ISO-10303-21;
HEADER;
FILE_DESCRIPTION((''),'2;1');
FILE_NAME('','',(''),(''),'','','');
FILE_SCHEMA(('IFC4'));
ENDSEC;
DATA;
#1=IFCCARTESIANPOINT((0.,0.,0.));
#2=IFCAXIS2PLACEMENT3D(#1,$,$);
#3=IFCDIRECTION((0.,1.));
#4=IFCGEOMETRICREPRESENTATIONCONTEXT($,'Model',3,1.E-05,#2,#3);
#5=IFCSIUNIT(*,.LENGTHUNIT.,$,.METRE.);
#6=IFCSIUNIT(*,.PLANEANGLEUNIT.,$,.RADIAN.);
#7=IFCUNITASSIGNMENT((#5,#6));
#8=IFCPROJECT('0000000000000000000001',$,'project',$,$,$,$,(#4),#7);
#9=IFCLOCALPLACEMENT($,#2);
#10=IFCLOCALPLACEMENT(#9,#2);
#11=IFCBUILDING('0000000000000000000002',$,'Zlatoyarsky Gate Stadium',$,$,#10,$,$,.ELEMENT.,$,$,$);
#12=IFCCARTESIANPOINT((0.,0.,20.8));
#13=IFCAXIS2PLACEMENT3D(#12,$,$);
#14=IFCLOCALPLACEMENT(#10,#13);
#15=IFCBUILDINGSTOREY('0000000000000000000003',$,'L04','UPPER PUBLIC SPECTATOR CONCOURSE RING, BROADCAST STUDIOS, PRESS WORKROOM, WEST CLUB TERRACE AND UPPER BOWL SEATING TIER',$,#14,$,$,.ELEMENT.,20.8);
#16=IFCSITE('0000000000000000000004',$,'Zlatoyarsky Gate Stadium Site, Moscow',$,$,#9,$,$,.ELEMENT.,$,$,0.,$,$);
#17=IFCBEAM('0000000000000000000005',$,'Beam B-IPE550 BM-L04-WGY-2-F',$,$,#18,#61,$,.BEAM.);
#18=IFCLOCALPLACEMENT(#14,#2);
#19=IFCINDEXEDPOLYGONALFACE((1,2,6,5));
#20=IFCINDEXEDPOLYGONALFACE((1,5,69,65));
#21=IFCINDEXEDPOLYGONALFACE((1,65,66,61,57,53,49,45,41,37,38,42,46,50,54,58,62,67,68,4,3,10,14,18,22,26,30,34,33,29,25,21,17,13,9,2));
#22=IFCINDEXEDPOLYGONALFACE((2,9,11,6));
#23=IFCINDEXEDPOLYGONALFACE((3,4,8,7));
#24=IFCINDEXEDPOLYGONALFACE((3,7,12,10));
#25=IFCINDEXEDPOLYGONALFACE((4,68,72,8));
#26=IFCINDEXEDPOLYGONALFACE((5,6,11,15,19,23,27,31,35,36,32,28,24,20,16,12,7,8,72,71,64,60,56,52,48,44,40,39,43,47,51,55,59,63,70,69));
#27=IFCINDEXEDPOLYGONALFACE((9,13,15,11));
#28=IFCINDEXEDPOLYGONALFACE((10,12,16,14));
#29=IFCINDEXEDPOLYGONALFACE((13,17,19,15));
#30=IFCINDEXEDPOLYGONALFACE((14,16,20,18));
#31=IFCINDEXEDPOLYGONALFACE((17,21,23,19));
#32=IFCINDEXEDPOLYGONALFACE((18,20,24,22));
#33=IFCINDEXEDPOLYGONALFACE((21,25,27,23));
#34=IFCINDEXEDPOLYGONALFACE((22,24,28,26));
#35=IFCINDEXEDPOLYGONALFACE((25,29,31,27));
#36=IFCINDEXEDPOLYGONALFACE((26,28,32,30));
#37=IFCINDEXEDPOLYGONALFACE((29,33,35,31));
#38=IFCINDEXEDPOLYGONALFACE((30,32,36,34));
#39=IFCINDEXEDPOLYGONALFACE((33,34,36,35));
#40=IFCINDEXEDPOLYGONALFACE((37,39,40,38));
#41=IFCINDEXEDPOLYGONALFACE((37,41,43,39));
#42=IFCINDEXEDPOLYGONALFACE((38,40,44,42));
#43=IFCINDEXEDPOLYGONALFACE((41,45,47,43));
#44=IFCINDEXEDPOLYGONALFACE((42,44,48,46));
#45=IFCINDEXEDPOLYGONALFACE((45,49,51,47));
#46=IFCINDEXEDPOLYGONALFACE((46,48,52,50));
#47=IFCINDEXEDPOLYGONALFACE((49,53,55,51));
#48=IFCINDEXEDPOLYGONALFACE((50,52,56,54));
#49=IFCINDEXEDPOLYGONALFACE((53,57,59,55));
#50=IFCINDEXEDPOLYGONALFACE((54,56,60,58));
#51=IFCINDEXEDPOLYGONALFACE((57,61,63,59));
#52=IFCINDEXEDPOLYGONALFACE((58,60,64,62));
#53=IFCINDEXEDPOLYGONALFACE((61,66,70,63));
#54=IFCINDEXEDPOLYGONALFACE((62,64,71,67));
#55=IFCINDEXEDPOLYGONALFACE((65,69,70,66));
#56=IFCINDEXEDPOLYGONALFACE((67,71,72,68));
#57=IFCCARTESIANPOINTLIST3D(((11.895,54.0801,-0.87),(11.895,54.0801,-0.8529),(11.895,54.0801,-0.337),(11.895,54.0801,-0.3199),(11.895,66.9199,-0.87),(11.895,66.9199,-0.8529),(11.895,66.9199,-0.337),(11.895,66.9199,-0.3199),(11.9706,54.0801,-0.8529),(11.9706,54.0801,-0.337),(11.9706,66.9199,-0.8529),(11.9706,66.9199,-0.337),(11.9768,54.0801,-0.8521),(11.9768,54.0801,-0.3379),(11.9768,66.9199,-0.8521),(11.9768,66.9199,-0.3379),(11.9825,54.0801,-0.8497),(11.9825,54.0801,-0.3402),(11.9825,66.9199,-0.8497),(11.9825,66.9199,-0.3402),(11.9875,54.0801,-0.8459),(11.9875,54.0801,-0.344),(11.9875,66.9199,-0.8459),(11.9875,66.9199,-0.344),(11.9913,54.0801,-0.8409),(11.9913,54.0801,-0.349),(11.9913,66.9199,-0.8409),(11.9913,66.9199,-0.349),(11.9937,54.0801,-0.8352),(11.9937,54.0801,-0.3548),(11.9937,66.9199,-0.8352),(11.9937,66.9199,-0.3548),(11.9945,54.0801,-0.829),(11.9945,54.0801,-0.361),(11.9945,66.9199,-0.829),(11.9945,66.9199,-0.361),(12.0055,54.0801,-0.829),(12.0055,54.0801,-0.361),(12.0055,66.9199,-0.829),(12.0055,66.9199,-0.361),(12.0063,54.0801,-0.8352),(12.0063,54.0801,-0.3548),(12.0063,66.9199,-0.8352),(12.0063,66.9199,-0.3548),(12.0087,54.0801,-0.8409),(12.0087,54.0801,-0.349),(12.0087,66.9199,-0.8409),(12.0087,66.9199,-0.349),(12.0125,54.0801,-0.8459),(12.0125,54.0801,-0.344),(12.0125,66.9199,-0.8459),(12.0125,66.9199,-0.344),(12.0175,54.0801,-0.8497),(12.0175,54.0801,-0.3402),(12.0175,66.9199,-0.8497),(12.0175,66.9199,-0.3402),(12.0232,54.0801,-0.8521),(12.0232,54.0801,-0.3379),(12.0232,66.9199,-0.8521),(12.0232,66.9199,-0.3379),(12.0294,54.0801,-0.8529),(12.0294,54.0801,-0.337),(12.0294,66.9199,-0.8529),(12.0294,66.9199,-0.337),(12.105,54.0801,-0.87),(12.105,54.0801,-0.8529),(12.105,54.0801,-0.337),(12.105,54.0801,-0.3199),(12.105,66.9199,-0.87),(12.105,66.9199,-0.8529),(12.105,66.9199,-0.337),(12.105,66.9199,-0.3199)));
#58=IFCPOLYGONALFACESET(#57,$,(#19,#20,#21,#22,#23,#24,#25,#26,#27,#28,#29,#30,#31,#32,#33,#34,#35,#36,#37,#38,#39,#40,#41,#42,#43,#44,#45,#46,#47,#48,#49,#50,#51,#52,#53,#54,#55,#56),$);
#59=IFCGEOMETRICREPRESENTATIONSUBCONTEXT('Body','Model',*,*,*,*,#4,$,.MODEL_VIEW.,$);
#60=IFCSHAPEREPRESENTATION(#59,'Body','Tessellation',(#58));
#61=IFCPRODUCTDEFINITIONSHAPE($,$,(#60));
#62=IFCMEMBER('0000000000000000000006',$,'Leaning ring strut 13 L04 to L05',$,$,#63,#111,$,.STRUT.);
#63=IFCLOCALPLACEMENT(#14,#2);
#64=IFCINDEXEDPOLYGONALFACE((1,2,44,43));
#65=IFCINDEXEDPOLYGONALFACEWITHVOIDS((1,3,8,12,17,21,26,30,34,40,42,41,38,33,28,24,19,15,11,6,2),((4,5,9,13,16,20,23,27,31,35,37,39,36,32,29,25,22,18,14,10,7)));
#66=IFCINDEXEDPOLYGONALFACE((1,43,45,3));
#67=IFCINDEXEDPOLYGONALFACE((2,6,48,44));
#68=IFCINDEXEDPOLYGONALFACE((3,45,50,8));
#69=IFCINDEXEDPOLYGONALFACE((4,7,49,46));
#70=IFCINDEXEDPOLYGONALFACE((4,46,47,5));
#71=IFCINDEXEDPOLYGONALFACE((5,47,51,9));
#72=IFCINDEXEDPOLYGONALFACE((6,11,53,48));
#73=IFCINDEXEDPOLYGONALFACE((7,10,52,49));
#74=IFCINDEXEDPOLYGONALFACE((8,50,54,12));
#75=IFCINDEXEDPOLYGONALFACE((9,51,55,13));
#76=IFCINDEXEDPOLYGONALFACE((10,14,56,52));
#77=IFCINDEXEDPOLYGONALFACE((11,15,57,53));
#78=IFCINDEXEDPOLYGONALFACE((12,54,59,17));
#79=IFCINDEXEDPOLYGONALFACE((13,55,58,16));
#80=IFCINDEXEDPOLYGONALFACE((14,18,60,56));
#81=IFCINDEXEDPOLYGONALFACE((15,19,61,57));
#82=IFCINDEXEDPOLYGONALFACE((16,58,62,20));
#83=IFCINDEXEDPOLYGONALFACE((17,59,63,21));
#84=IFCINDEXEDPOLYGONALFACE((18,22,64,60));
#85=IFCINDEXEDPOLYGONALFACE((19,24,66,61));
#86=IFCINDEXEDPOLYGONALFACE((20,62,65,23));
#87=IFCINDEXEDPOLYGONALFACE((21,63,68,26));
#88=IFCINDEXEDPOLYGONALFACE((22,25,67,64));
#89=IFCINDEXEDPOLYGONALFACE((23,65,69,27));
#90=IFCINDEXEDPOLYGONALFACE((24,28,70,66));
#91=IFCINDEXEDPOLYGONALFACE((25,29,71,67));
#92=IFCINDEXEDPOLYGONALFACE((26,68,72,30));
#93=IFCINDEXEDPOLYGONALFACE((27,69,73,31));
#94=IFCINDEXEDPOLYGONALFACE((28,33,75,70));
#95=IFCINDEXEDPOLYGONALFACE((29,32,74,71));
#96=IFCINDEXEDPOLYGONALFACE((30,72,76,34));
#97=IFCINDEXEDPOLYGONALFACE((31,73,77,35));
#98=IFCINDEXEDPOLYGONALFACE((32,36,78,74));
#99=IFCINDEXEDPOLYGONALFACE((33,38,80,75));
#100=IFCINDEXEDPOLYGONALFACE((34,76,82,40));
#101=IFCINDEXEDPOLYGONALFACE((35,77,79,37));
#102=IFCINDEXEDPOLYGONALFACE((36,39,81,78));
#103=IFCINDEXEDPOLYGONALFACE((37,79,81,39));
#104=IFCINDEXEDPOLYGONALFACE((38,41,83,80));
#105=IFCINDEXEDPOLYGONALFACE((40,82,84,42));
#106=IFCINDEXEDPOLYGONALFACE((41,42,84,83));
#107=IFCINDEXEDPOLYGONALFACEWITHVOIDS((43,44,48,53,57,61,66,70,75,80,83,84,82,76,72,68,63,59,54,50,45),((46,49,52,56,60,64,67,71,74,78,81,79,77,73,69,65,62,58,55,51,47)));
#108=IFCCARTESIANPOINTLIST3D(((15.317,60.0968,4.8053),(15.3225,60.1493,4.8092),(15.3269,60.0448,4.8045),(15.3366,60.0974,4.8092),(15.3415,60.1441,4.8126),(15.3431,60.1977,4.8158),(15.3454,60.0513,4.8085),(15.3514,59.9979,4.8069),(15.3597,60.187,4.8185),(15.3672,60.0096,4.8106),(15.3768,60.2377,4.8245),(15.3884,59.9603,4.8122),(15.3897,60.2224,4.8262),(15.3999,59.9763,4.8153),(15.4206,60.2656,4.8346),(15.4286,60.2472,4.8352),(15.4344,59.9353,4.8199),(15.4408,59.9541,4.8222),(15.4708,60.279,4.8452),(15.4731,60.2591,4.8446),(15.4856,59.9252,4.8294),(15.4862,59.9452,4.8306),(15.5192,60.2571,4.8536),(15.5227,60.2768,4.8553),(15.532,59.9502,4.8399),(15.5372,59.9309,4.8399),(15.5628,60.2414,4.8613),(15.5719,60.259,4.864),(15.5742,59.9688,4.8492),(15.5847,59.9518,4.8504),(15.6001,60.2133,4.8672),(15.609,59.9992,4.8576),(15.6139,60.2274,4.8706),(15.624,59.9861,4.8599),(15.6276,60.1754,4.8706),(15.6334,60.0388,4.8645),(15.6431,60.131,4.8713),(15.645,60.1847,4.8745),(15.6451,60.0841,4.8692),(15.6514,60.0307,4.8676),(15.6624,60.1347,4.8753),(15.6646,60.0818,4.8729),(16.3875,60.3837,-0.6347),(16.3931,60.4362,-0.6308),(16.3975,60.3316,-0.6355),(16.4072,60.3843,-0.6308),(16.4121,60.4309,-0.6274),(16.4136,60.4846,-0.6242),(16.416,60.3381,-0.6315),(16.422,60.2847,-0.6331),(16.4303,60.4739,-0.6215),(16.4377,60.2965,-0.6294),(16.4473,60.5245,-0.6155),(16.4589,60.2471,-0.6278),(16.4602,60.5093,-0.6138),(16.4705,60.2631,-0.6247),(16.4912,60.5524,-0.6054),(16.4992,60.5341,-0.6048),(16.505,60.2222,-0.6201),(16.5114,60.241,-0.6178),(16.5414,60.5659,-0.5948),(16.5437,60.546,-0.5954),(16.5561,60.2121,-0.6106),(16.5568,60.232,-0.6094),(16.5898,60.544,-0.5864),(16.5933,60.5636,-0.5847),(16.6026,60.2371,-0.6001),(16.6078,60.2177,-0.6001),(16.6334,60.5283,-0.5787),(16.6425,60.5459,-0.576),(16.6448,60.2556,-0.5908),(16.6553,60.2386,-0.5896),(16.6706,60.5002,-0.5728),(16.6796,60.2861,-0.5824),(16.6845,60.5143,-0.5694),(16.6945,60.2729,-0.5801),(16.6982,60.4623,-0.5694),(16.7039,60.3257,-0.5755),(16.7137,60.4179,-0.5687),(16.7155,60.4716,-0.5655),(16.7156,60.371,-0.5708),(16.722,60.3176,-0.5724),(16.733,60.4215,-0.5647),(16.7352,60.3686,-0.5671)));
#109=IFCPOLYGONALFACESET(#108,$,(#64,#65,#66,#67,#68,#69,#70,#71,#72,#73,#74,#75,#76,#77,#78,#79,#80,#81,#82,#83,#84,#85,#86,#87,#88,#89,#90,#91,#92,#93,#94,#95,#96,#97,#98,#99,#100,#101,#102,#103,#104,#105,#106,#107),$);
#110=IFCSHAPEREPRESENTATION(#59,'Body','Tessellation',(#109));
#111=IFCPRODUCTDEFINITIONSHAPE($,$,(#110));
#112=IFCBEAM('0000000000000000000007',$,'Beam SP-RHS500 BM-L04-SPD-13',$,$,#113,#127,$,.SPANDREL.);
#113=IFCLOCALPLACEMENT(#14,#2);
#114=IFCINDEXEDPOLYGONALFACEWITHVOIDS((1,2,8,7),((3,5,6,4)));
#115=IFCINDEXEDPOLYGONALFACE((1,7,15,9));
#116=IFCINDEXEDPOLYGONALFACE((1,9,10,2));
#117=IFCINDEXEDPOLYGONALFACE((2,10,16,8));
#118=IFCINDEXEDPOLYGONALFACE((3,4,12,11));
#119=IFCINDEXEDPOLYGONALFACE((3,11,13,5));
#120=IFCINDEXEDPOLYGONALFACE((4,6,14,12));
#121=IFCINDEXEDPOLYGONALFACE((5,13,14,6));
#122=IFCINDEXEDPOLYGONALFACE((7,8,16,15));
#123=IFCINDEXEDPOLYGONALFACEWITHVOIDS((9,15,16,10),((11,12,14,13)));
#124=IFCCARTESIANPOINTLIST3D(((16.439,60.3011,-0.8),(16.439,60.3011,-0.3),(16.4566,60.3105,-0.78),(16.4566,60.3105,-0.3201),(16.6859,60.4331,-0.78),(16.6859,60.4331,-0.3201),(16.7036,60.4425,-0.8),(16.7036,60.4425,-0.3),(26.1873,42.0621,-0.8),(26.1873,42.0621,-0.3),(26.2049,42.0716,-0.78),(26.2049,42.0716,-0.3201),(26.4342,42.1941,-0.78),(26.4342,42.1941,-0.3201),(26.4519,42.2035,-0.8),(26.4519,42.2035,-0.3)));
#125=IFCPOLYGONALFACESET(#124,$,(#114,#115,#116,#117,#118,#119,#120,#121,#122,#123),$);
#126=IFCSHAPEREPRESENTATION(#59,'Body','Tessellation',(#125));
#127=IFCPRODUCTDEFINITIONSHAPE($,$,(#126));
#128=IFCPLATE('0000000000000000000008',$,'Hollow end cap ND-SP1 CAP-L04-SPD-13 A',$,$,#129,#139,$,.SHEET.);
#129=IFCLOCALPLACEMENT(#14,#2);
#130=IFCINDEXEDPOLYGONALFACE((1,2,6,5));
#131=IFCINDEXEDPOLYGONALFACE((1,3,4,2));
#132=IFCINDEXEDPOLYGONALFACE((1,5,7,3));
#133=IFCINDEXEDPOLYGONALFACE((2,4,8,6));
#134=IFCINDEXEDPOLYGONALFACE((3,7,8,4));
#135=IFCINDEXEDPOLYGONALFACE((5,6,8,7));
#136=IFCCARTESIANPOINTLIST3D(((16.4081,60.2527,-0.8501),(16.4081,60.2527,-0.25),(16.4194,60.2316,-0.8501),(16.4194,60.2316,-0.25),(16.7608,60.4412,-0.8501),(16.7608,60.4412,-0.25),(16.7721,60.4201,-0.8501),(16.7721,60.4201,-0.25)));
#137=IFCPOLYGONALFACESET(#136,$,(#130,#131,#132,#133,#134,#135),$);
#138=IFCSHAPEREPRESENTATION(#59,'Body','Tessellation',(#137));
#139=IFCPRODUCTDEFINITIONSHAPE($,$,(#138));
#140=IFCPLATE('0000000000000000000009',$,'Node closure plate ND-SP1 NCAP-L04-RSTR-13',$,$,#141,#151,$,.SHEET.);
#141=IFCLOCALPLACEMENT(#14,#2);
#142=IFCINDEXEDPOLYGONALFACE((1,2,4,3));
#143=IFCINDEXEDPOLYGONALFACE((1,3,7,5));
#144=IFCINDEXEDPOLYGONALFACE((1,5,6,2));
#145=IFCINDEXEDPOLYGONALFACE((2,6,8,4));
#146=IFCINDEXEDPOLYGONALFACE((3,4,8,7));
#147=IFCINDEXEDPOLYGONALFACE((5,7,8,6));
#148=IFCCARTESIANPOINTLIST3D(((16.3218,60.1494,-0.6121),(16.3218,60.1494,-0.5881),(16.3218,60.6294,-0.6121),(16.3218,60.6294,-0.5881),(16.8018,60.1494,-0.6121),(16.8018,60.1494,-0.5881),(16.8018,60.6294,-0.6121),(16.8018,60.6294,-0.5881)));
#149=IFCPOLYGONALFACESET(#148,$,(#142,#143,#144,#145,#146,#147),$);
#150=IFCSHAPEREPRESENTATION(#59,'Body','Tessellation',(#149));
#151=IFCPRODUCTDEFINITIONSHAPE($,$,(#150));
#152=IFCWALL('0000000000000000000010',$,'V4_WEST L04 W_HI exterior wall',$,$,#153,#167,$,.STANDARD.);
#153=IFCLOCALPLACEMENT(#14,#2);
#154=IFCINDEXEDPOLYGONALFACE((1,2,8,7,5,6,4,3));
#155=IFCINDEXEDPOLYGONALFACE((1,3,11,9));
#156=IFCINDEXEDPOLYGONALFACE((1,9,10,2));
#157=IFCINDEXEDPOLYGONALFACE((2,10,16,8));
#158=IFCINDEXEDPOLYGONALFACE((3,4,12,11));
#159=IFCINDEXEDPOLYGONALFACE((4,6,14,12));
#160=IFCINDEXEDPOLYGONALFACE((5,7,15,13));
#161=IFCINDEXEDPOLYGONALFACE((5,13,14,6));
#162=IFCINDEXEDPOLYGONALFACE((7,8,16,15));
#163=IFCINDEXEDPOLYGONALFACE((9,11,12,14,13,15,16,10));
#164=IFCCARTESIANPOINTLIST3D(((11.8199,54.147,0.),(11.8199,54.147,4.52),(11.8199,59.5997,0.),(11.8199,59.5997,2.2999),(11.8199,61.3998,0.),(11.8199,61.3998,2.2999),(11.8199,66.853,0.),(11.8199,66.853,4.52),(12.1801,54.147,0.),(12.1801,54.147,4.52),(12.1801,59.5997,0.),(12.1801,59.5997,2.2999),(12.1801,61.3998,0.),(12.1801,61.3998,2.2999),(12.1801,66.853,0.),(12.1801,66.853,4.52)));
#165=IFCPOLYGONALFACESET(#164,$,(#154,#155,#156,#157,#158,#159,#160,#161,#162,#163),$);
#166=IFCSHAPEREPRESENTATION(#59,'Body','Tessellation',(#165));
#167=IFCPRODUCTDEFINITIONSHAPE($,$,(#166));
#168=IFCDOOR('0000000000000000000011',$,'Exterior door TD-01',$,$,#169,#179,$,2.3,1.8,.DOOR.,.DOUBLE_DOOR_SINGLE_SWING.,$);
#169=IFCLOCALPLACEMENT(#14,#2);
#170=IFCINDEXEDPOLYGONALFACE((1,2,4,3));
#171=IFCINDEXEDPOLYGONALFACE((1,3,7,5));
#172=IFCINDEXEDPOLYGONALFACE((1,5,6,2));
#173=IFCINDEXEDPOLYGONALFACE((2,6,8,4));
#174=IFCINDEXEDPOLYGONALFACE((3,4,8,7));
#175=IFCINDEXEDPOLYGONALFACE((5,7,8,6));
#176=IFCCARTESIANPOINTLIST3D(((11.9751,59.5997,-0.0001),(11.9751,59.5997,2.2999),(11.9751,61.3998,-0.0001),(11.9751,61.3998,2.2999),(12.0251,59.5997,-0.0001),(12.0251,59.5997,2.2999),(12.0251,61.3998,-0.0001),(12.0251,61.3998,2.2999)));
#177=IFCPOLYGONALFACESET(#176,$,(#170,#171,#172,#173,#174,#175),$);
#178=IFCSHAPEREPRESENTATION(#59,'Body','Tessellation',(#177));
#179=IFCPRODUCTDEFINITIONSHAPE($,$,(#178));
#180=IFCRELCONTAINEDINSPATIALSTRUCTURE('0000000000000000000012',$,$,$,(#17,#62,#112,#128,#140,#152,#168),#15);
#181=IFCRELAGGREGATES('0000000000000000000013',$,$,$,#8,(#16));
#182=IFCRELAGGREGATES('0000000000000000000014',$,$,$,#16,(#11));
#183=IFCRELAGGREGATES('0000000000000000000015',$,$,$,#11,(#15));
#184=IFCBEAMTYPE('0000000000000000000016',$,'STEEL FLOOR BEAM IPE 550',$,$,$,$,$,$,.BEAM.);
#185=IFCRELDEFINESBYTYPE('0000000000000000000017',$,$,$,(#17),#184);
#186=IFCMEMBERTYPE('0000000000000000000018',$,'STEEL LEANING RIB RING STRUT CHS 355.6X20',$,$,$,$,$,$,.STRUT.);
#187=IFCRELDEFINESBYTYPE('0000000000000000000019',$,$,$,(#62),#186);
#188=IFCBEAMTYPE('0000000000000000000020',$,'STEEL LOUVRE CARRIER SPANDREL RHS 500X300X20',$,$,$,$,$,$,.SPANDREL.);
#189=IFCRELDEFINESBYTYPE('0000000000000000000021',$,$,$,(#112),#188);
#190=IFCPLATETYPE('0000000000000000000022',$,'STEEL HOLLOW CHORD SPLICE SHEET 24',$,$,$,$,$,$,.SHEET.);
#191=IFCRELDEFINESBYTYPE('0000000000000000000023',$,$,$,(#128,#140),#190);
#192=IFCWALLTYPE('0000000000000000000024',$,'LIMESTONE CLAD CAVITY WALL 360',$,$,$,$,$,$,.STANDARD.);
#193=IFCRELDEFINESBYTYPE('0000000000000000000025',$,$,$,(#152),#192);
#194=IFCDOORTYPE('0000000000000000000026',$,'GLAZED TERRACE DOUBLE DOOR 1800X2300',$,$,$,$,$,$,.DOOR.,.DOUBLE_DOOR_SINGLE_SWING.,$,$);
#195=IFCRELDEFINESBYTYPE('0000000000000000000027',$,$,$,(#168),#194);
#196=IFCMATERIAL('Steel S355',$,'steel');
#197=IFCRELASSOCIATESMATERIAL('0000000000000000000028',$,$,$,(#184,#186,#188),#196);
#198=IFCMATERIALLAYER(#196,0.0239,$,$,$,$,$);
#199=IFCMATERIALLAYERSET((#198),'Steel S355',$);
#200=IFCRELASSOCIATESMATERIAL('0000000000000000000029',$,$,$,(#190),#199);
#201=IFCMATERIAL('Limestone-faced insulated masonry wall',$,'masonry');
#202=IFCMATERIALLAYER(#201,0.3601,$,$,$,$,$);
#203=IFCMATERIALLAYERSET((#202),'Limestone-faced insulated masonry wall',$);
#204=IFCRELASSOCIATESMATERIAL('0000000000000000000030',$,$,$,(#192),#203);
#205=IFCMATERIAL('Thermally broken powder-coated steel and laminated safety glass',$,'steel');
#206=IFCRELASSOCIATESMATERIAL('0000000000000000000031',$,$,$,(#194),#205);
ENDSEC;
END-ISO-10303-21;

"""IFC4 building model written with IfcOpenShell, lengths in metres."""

from ifc_helpers import new_model, si_unit, direction, frame, frame_2d, origin, origin_2d, place, context, subcontext, project, spatial, rectangle, hollow_rectangle, hollow_circle, i_section, extrude, material, layer, layer_set, material_profile, profile_set, type_object, element, fill, save


model = new_model("IFC4")

# Units and contexts
model_context = context("Model", 3, precision=1e-05, world=origin(), true_north=direction((0.0, 1.0)))
body_context = subcontext(model_context, "Body", "Model", "MODEL_VIEW")
ifc_project = project(units=[si_unit("LENGTHUNIT", "METRE"), si_unit("PLANEANGLEUNIT", "RADIAN")], contexts=[model_context])

# Site, building, storey
site_placement = place(None, origin())
site = spatial("IfcSite", under=ifc_project, at=site_placement, Name="Zlatoyarsky Gate Stadium Site, Moscow", CompositionType="ELEMENT", RefElevation=0.0)
building_placement = place(site_placement, origin())
building = spatial("IfcBuilding", under=site, at=building_placement, Name="Zlatoyarsky Gate Stadium", CompositionType="ELEMENT")
storey_placement = place(building_placement, frame((0.0, 0.0, 20.8)))
storey = spatial("IfcBuildingStorey", under=building, at=storey_placement, Name="L04", Description="UPPER PUBLIC SPECTATOR CONCOURSE RING, BROADCAST STUDIOS, PRESS WORKROOM, WEST CLUB TERRACE AND UPPER BOWL SEATING TIER", CompositionType="ELEMENT", Elevation=20.8)

# Shared definitions
ifc_material_1 = material(Name="Steel S355", Category="steel")

# Beam
ifc_material_profile_1 = material_profile(ifc_material_1, i_section(OverallWidth=0.21, OverallDepth=0.55, WebThickness=0.011, FlangeThickness=0.0171, FilletRadius=0.0239, at=origin_2d()), Name="IPE 550")
ifc_profile_set_1 = profile_set([ifc_material_profile_1], Name="Steel S355")
beam_type_1 = type_object("IfcBeamType", Name="STEEL FLOOR BEAM IPE 550", PredefinedType="BEAM", material=ifc_profile_set_1)
beam_1_placement = place(storey_placement, frame((12.0, 54.0801, -0.595), z_axis=(0.0, 1.0, 0.0), x_axis=(-1.0, 0.0, 0.0)))
element("IfcBeam", 1, at=beam_1_placement, inside=storey, type_object=beam_type_1, Name="Beam B-IPE550 BM-L04-WGY-2-F", PredefinedType="BEAM", context=body_context, shape_type="SweptSolid", body=[
    extrude(i_section(OverallWidth=0.21, OverallDepth=0.55, WebThickness=0.011, FlangeThickness=0.0171, FilletRadius=0.0239, at=origin_2d()), origin(), (0.0, 0.0, 1.0), 12.8398),
])

# Member
ifc_material_profile_2 = material_profile(ifc_material_1, hollow_circle(Radius=0.1777, WallThickness=0.02, at=origin_2d()), Name="CHS 355.6X20")
ifc_profile_set_2 = profile_set([ifc_material_profile_2], Name="Steel S355")
member_type_1 = type_object("IfcMemberType", Name="STEEL LEANING RIB RING STRUT CHS 355.6X20", PredefinedType="STRUT", material=ifc_profile_set_2)
member_1_placement = place(storey_placement, frame((16.5618, 60.3894, -0.6001), z_axis=(-0.192834, -0.051672, 0.97987), x_axis=(0.258828, -0.965923, 0.0)))
element("IfcMember", 2, at=member_1_placement, inside=storey, type_object=member_type_1, Name="Leaning ring strut 13 L04 to L05", PredefinedType="STRUT", context=body_context, shape_type="SweptSolid", body=[
    extrude(hollow_circle(Radius=0.1777, WallThickness=0.02, at=origin_2d()), origin(), (0.0, 0.0, 1.0), 5.5518),
])

# Beam
ifc_material_profile_3 = material_profile(ifc_material_1, hollow_rectangle(XDim=0.3, YDim=0.5, WallThickness=0.02, at=origin_2d()), Name="RHS 500X300X20")
ifc_profile_set_3 = profile_set([ifc_material_profile_3], Name="Steel S355")
beam_type_2 = type_object("IfcBeamType", Name="STEEL LOUVRE CARRIER SPANDREL RHS 500X300X20", PredefinedType="SPANDREL", material=ifc_profile_set_3)
beam_2_placement = place(storey_placement, frame((16.5713, 60.3718, -0.55), z_axis=(0.471372, -0.881935, 0.0), x_axis=(0.881935, 0.471372, 0.0)))
element("IfcBeam", 3, at=beam_2_placement, inside=storey, type_object=beam_type_2, Name="Beam SP-RHS500 BM-L04-SPD-13", PredefinedType="SPANDREL", context=body_context, shape_type="SweptSolid", body=[
    extrude(hollow_rectangle(XDim=0.3, YDim=0.5, WallThickness=0.02, at=origin_2d()), origin(), (0.0, 0.0, 1.0), 20.6807),
])

# Plates
ifc_layer_1 = layer(ifc_material_1, 0.0239)
ifc_layer_set_1 = layer_set([ifc_layer_1], Name="Steel S355")
plate_type = type_object("IfcPlateType", Name="STEEL HOLLOW CHORD SPLICE SHEET 24", PredefinedType="SHEET", material=ifc_layer_set_1)
plate_1_placement = place(storey_placement, frame((16.5901, 60.3364, -0.8501), z_axis=(0.0, 0.0, 1.0), x_axis=(0.471376, -0.881933, 0.0)))
element("IfcPlate", 4, at=plate_1_placement, inside=storey, type_object=plate_type, Name="Hollow end cap ND-SP1 CAP-L04-SPD-13 A", PredefinedType="SHEET", context=body_context, shape_type="SweptSolid", body=[
    extrude(rectangle(XDim=0.0239, YDim=0.3999, at=origin_2d()), origin(), (0.0, 0.0, 1.0), 0.6001),
])
plate_2_placement = place(storey_placement, frame((16.5618, 60.3894, -0.6121), z_axis=(0.0, 0.0, 1.0), x_axis=(1.0, 0.0, 0.0)))
element("IfcPlate", 5, at=plate_2_placement, inside=storey, type_object=plate_type, Name="Node closure plate ND-SP1 NCAP-L04-RSTR-13", PredefinedType="SHEET", context=body_context, shape_type="SweptSolid", body=[
    extrude(rectangle(XDim=0.48, YDim=0.48, at=origin_2d()), origin(), (0.0, 0.0, 1.0), 0.0239),
])

# Wall, opening, door
ifc_material_2 = material(Name="Limestone-faced insulated masonry wall", Category="masonry")
ifc_layer_2 = layer(ifc_material_2, 0.3601)
ifc_layer_set_2 = layer_set([ifc_layer_2], Name="Limestone-faced insulated masonry wall")
wall_type_1 = type_object("IfcWallType", Name="LIMESTONE CLAD CAVITY WALL 360", PredefinedType="STANDARD", material=ifc_layer_set_2)
wall_1_placement = place(storey_placement, frame((12.0, 54.147, 0.0), z_axis=(0.0, 0.0, 1.0), x_axis=(0.0, 1.0, 0.0)))
wall_1 = element("IfcWall", 6, at=wall_1_placement, inside=storey, type_object=wall_type_1, Name="V4_WEST L04 W_HI exterior wall", PredefinedType="STANDARD", context=body_context, shape_type="SweptSolid", body=[
    extrude(rectangle(XDim=12.7061, YDim=0.3601, at=frame_2d((6.353, 0.0))), origin(), (0.0, 0.0, 1.0), 4.52),
])
opening_1_placement = place(wall_1_placement, frame((5.4529, 0.0, 0.0)))
opening_1 = element("IfcOpeningElement", 7, at=opening_1_placement, cuts=wall_1, PredefinedType="OPENING", context=body_context, shape_type="SweptSolid", body=[
    extrude(rectangle(XDim=1.8, YDim=2.3, at=frame_2d((0.8999, 1.1499))), frame((0.0, 0.1899, 0.0), z_axis=(0.0, -1.0, 0.0), x_axis=(1.0, 0.0, 0.0)), (0.0, 0.0, 1.0), 0.3801),
])
ifc_material_3 = material(Name="Thermally broken powder-coated steel and laminated safety glass", Category="steel")
door_type = type_object("IfcDoorType", Name="GLAZED TERRACE DOUBLE DOOR 1800X2300", OperationType="DOUBLE_DOOR_SINGLE_SWING", PredefinedType="DOOR", material=ifc_material_3)
door_placement = place(opening_1_placement, origin())
door = element("IfcDoor", 8, at=door_placement, inside=storey, type_object=door_type, Name="Exterior door TD-01", OperationType="DOUBLE_DOOR_SINGLE_SWING", OverallHeight=2.3, OverallWidth=1.8, PredefinedType="DOOR", context=body_context, shape_type="SweptSolid", body=[
    extrude(rectangle(XDim=1.8, YDim=2.3, at=frame_2d((0.8999, 1.1499))), frame((0.0, 0.0249, 0.0), z_axis=(0.0, -1.0, 0.0), x_axis=(1.0, 0.0, 0.0)), (0.0, 0.0, 1.0), 0.05),
])
fill(opening_1, door)

save(model, "model.ifc")
